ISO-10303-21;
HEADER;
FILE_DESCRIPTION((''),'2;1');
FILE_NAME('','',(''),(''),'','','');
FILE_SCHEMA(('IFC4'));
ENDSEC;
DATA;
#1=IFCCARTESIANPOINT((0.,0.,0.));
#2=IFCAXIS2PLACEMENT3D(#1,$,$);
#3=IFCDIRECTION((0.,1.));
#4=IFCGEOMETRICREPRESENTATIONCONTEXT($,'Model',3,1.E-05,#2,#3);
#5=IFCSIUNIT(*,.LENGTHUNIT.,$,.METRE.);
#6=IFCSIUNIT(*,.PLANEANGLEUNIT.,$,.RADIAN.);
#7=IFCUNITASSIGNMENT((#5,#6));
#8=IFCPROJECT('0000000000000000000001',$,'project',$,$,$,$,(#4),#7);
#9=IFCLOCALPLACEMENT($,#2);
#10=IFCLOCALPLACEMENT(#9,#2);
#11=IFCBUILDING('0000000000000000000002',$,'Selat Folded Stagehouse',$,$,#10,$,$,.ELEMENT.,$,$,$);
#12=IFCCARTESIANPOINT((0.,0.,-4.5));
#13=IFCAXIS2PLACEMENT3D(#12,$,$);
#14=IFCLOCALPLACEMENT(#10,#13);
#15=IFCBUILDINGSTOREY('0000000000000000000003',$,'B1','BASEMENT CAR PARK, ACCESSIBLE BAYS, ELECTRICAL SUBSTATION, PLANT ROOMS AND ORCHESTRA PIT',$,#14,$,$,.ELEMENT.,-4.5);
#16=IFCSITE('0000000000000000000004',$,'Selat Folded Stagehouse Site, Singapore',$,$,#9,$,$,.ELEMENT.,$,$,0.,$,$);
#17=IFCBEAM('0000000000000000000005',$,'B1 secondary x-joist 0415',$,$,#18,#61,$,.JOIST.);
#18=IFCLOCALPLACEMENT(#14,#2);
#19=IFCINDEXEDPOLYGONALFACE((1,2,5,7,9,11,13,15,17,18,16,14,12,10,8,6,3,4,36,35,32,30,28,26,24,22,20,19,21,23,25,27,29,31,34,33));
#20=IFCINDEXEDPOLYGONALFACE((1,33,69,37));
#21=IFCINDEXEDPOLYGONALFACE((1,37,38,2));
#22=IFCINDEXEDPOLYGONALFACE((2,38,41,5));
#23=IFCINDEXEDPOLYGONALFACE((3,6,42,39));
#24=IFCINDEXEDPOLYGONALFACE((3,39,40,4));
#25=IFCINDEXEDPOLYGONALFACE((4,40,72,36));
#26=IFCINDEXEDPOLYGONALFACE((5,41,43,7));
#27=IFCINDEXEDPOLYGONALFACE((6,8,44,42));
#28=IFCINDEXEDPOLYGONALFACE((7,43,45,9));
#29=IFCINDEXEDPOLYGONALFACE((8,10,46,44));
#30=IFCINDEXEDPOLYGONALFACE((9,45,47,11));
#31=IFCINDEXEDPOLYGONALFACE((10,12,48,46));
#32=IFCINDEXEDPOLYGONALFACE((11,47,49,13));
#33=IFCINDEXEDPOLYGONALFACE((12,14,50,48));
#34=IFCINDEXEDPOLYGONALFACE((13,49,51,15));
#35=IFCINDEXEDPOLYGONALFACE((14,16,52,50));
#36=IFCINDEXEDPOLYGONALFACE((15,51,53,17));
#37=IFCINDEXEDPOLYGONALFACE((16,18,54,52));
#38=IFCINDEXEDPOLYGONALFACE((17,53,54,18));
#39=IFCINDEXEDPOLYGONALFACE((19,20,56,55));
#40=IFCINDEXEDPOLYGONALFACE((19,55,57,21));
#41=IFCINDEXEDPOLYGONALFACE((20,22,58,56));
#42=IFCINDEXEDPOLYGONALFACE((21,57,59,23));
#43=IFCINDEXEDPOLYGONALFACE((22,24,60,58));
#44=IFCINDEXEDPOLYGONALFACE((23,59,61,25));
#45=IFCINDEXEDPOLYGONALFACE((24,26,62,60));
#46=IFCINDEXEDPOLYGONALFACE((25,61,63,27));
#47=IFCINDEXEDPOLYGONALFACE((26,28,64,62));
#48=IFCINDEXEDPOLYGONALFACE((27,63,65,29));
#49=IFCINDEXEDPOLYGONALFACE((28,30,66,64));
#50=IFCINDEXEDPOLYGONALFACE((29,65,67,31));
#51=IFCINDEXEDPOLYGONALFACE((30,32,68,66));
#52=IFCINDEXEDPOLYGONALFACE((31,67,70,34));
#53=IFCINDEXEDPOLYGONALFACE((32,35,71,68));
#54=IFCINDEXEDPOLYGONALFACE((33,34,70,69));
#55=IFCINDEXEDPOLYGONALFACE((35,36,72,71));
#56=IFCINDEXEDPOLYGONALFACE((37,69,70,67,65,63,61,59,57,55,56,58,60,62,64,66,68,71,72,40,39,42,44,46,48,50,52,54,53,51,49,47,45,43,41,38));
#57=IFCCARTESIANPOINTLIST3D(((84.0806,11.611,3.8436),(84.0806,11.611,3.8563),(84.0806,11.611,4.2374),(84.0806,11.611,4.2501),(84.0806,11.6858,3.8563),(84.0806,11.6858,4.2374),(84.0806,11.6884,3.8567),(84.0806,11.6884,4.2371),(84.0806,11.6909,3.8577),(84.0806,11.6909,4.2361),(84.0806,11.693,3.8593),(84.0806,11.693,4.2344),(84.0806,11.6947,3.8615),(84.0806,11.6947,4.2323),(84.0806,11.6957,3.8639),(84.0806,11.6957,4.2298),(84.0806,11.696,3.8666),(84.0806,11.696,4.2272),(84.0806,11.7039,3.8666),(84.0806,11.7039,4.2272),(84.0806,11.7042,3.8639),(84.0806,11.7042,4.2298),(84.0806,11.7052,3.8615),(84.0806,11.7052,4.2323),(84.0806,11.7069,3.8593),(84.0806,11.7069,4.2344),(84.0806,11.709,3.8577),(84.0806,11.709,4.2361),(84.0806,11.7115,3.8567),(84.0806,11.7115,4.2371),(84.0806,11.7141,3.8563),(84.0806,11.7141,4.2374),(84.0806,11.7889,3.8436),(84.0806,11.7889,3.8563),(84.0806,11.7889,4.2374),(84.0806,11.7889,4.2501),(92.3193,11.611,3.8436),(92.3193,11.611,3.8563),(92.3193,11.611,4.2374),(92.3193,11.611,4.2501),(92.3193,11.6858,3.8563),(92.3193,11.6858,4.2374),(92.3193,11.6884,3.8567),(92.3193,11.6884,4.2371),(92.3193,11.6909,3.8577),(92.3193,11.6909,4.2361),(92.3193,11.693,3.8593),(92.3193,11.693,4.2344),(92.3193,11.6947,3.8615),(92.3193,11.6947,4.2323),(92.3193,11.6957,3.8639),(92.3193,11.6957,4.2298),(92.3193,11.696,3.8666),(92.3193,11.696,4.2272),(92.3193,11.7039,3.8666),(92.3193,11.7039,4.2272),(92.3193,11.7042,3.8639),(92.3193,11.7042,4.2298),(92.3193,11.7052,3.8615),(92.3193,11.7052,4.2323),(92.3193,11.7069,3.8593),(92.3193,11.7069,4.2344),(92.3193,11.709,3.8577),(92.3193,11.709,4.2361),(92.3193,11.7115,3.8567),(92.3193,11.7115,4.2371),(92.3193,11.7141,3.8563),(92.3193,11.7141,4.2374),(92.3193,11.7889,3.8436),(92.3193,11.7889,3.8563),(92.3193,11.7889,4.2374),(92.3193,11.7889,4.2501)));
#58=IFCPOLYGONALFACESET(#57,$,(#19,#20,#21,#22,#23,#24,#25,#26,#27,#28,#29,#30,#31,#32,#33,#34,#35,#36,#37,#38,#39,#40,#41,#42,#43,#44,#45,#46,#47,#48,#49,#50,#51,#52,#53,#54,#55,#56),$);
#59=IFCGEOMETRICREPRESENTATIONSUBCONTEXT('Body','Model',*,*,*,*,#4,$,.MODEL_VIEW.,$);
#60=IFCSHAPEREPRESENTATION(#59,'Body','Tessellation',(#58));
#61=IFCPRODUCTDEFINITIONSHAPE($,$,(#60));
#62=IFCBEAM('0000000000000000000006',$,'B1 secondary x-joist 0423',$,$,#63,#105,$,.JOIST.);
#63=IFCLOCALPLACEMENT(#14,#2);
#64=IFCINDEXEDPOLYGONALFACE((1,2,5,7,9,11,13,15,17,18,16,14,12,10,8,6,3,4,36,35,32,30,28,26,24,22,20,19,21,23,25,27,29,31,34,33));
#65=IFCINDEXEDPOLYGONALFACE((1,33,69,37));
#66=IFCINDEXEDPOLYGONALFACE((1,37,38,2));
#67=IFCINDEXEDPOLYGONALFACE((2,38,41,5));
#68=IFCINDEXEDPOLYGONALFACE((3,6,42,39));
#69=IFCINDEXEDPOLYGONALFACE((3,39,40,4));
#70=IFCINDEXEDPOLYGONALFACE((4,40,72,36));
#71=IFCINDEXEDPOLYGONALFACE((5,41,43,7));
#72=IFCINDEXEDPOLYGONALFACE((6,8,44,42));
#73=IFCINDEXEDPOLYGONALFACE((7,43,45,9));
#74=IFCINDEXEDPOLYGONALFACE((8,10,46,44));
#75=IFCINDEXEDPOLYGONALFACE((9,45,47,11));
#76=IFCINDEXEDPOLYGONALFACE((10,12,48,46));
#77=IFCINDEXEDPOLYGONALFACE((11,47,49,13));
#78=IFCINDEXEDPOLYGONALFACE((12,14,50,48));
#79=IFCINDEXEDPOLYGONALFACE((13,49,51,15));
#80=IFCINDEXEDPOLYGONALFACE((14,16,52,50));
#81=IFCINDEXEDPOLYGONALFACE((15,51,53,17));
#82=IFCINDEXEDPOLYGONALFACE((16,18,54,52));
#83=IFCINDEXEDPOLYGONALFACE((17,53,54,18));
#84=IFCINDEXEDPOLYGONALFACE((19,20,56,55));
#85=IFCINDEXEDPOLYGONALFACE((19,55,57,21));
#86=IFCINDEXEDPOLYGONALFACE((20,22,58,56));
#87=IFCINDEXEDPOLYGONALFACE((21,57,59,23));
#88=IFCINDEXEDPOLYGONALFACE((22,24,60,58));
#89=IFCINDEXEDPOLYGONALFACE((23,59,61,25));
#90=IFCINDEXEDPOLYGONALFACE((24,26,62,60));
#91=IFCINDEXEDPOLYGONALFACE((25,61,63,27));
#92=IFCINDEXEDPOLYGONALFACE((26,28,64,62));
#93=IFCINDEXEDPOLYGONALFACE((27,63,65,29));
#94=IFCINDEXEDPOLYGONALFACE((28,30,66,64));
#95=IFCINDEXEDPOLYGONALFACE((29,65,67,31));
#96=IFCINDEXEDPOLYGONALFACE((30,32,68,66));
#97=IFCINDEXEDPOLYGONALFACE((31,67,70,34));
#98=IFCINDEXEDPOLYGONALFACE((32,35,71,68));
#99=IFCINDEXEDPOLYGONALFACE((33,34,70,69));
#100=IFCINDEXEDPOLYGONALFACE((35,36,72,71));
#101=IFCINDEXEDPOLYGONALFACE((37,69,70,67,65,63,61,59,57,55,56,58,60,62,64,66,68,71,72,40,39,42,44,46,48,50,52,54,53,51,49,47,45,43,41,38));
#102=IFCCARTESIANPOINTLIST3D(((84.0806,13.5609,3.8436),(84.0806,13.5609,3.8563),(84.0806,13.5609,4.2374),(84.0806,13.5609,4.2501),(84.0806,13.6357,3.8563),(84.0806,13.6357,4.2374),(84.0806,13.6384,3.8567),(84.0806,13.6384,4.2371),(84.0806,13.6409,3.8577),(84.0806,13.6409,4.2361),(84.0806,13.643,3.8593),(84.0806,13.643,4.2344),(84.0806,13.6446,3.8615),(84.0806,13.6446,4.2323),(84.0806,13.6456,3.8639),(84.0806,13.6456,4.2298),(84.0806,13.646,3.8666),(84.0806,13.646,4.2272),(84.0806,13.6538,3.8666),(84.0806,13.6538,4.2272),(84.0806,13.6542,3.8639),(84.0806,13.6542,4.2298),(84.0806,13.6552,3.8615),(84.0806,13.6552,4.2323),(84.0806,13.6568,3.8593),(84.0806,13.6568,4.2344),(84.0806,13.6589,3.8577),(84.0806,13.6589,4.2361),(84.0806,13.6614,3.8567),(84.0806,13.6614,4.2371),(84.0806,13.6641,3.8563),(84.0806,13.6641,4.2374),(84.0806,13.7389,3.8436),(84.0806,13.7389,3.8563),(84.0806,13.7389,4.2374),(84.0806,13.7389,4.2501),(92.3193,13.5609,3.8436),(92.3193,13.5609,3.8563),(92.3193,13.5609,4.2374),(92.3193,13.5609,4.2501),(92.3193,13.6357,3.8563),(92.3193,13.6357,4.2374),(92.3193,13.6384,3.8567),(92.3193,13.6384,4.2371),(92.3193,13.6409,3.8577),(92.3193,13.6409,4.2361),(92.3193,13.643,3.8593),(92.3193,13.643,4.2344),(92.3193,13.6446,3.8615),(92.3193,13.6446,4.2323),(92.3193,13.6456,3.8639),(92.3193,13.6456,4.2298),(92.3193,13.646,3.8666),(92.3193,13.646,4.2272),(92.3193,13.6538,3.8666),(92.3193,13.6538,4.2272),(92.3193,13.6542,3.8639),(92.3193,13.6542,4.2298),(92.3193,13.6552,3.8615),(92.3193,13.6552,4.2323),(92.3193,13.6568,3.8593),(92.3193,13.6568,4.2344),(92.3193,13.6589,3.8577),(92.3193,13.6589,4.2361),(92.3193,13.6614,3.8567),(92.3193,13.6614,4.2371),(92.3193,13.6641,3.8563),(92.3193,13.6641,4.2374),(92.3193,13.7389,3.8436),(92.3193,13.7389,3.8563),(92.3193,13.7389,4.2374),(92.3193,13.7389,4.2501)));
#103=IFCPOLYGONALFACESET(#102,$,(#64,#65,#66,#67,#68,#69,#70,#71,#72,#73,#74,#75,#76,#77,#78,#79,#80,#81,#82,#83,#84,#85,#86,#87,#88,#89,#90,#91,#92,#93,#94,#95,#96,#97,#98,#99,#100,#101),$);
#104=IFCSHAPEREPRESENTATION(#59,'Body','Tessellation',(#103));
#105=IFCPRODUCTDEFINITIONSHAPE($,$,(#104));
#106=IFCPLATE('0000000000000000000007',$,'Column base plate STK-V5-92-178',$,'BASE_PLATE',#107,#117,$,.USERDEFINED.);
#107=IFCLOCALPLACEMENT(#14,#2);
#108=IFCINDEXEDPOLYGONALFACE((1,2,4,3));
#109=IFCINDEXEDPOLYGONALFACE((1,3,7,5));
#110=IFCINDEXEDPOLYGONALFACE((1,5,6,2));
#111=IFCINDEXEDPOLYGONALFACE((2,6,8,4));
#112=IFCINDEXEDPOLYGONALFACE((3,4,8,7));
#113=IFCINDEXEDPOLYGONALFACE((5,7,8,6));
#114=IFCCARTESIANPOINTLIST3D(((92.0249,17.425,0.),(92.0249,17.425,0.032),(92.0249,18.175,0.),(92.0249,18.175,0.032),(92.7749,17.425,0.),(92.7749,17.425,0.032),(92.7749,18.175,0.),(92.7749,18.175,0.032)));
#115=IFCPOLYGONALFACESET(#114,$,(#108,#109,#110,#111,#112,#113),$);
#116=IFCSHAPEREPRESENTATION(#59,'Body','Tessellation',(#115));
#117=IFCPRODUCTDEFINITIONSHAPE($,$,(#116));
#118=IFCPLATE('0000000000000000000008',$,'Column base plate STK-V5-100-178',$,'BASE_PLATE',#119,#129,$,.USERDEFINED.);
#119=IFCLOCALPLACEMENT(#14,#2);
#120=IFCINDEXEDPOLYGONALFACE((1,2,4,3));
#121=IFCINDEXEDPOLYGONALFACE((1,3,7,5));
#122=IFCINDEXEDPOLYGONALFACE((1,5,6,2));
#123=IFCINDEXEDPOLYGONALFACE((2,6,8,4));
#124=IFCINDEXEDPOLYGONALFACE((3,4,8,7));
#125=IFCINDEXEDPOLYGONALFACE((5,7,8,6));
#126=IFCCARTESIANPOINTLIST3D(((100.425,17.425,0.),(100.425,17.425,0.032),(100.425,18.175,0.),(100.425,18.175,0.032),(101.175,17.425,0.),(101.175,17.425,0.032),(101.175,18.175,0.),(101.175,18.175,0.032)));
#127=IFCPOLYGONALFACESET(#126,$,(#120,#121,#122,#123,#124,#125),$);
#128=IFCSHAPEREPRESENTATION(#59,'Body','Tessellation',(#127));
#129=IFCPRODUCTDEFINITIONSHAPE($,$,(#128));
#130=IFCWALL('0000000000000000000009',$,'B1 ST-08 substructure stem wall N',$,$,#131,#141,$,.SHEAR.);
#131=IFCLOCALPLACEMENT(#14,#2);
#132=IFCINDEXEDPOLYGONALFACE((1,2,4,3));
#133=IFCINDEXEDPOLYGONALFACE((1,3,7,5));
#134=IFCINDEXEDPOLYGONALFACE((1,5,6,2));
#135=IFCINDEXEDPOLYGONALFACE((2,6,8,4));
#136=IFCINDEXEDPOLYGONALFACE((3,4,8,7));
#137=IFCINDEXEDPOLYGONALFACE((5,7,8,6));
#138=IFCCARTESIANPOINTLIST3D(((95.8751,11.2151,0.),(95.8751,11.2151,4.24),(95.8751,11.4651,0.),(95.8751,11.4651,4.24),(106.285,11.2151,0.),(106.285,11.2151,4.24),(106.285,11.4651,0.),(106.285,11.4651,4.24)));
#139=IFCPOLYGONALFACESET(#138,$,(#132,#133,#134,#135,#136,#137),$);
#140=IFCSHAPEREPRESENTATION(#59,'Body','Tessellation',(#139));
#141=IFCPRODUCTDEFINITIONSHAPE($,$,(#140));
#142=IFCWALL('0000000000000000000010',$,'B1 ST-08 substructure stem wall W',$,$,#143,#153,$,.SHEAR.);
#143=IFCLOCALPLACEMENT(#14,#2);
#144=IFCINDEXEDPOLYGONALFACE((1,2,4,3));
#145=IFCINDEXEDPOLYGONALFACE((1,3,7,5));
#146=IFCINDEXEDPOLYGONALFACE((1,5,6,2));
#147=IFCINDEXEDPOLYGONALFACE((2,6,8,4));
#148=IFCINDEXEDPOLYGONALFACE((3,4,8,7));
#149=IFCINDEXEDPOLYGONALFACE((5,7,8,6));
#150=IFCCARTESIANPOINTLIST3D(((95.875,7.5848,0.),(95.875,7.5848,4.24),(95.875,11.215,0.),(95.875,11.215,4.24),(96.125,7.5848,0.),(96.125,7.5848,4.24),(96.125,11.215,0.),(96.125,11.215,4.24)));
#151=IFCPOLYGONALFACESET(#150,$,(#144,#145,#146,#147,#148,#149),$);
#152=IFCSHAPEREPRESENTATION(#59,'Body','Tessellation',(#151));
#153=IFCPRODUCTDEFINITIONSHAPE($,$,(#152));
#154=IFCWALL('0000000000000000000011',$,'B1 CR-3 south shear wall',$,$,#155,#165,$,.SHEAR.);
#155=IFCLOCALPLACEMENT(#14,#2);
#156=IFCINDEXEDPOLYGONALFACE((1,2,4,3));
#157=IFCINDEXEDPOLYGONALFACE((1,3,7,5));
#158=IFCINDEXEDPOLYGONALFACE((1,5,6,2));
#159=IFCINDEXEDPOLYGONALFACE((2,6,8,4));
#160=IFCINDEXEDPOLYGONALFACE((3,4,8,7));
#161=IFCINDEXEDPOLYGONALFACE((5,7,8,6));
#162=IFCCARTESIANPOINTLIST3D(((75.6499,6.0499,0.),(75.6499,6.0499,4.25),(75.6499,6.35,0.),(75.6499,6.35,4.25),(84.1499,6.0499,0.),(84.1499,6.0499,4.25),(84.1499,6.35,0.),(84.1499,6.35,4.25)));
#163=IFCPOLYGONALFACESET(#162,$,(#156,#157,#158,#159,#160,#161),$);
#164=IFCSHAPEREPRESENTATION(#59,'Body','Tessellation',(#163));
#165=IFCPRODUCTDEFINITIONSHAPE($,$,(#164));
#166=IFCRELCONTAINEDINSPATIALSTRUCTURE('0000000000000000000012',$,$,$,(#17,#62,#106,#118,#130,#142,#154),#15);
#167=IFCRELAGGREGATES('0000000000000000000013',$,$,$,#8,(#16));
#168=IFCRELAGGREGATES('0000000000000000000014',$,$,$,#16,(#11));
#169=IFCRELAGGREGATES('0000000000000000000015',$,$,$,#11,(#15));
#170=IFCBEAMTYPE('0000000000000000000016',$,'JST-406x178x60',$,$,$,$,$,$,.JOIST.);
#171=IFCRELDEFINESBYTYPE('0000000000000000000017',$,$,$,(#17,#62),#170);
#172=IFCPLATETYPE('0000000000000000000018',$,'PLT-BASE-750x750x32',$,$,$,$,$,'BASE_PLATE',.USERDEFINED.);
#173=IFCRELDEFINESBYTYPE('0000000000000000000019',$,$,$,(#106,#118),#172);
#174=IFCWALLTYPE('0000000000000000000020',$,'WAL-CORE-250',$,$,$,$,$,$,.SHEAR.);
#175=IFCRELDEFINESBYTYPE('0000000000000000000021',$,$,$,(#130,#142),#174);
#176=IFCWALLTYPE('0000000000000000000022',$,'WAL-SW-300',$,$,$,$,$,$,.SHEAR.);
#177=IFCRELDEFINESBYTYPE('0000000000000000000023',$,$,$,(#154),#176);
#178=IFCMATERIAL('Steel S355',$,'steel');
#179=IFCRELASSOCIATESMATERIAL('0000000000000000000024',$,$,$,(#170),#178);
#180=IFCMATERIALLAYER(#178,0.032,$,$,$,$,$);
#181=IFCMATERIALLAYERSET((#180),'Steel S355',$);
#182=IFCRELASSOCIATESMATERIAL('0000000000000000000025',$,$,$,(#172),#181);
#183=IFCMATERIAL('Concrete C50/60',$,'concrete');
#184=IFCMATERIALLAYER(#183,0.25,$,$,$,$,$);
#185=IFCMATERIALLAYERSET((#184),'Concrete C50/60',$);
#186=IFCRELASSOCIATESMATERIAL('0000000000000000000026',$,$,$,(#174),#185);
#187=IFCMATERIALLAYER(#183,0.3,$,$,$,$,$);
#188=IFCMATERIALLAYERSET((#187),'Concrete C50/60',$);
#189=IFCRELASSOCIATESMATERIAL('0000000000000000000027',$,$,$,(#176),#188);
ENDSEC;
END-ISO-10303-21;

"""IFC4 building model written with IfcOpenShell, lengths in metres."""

from ifc_helpers import new_model, si_unit, direction, frame, frame_2d, origin, origin_2d, place, context, subcontext, project, spatial, rectangle, i_section, extrude, material, layer, layer_set, material_profile, profile_set, type_object, element, save


model = new_model("IFC4")

# Units and contexts
model_context = context("Model", 3, precision=1e-05, world=origin(), true_north=direction((0.0, 1.0)))
body_context = subcontext(model_context, "Body", "Model", "MODEL_VIEW")
ifc_project = project(units=[si_unit("LENGTHUNIT", "METRE"), si_unit("PLANEANGLEUNIT", "RADIAN")], contexts=[model_context])

# Site, building, storey
site_placement = place(None, origin())
site = spatial("IfcSite", under=ifc_project, at=site_placement, Name="Selat Folded Stagehouse Site, Singapore", CompositionType="ELEMENT", RefElevation=0.0)
building_placement = place(site_placement, origin())
building = spatial("IfcBuilding", under=site, at=building_placement, Name="Selat Folded Stagehouse", CompositionType="ELEMENT")
storey_placement = place(building_placement, frame((0.0, 0.0, -4.5)))
storey = spatial("IfcBuildingStorey", under=building, at=storey_placement, Name="B1", Description="BASEMENT CAR PARK, ACCESSIBLE BAYS, ELECTRICAL SUBSTATION, PLANT ROOMS AND ORCHESTRA PIT", CompositionType="ELEMENT", Elevation=-4.5)

# Shared definitions
ifc_material_1 = material(Name="Steel S355", Category="steel")

# Beams
ifc_material_profile_1 = material_profile(ifc_material_1, i_section(OverallWidth=0.178, OverallDepth=0.4065, WebThickness=0.0078, FlangeThickness=0.0127, FilletRadius=0.0103, at=origin_2d()), Name="UKB 406x178x60")
ifc_profile_set_1 = profile_set([ifc_material_profile_1], Name="Steel S355")
beam_type_1 = type_object("IfcBeamType", Name="JST-406x178x60", PredefinedType="JOIST", material=ifc_profile_set_1)
for number, where, z_axis, x_axis, name in (
    (1, (84.0806, 11.7, 4.0469), (1.0, 0.0, 0.0), (0.0, 1.0, 0.0), "B1 secondary x-joist 0415"),
    (2, (84.0806, 13.6499, 4.0469), (1.0, 0.0, 0.0), (0.0, 1.0, 0.0), "B1 secondary x-joist 0423"),
):
    element("IfcBeam", number, at=place(storey_placement, frame(where, z_axis=z_axis, x_axis=x_axis)), inside=storey, type_object=beam_type_1, Name=name, PredefinedType="JOIST", context=body_context, shape_type="SweptSolid", body=[
        extrude(i_section(OverallWidth=0.178, OverallDepth=0.4065, WebThickness=0.0078, FlangeThickness=0.0127, FilletRadius=0.0103, at=origin_2d()), origin(), (0.0, 0.0, 1.0), 8.2388),
    ])

# Plates
ifc_layer_1 = layer(ifc_material_1, 0.032)
ifc_layer_set_1 = layer_set([ifc_layer_1], Name="Steel S355")
plate_type = type_object("IfcPlateType", Name="PLT-BASE-750x750x32", ElementType="BASE_PLATE", PredefinedType="USERDEFINED", material=ifc_layer_set_1)
for number, where, z_axis, x_axis, name in (
    (3, (92.3999, 17.8, 0.0), (0.0, 0.0, 1.0), (1.0, 0.0, 0.0), "Column base plate STK-V5-92-178"),
    (4, (100.8, 17.8, 0.0), (0.0, 0.0, 1.0), (1.0, 0.0, 0.0), "Column base plate STK-V5-100-178"),
):
    element("IfcPlate", number, at=place(storey_placement, frame(where, z_axis=z_axis, x_axis=x_axis)), inside=storey, type_object=plate_type, Name=name, ObjectType="BASE_PLATE", PredefinedType="USERDEFINED", context=body_context, shape_type="SweptSolid", body=[
        extrude(rectangle(XDim=0.75, YDim=0.75, at=origin_2d()), origin(), (0.0, 0.0, 1.0), 0.032),
    ])

# Walls
ifc_material_2 = material(Name="Concrete C50/60", Category="concrete")
ifc_layer_2 = layer(ifc_material_2, 0.25)
ifc_layer_set_2 = layer_set([ifc_layer_2], Name="Concrete C50/60")
wall_type_1 = type_object("IfcWallType", Name="WAL-CORE-250", PredefinedType="SHEAR", material=ifc_layer_set_2)
wall_1_placement = place(storey_placement, frame((95.875, 11.3401, 0.0), z_axis=(0.0, 0.0, 1.0), x_axis=(1.0, 0.0, 0.0)))
element("IfcWall", 5, at=wall_1_placement, inside=storey, type_object=wall_type_1, Name="B1 ST-08 substructure stem wall N", PredefinedType="SHEAR", context=body_context, shape_type="SweptSolid", body=[
    extrude(rectangle(XDim=10.4099, YDim=0.25, at=frame_2d((5.2051, 0.0))), origin(), (0.0, 0.0, 1.0), 4.24),
])
wall_2_placement = place(storey_placement, frame((96.0, 7.585, 0.0), z_axis=(0.0, 0.0, 1.0), x_axis=(0.0, 1.0, 0.0)))
element("IfcWall", 6, at=wall_2_placement, inside=storey, type_object=wall_type_1, Name="B1 ST-08 substructure stem wall W", PredefinedType="SHEAR", context=body_context, shape_type="SweptSolid", body=[
    extrude(rectangle(XDim=3.6301, YDim=0.25, at=frame_2d((1.8149, 0.0))), origin(), (0.0, 0.0, 1.0), 4.24),
])
ifc_layer_3 = layer(ifc_material_2, 0.3)
ifc_layer_set_3 = layer_set([ifc_layer_3], Name="Concrete C50/60")
wall_type_2 = type_object("IfcWallType", Name="WAL-SW-300", PredefinedType="SHEAR", material=ifc_layer_set_3)
wall_3_placement = place(storey_placement, frame((84.1499, 6.2, 0.0), z_axis=(0.0, 0.0, 1.0), x_axis=(-1.0, 0.0, 0.0)))
element("IfcWall", 7, at=wall_3_placement, inside=storey, type_object=wall_type_2, Name="B1 CR-3 south shear wall", PredefinedType="SHEAR", context=body_context, shape_type="SweptSolid", body=[
    extrude(rectangle(XDim=8.5, YDim=0.3, at=frame_2d((4.25, 0.0))), origin(), (0.0, 0.0, 1.0), 4.25),
])

save(model, "model.ifc")
